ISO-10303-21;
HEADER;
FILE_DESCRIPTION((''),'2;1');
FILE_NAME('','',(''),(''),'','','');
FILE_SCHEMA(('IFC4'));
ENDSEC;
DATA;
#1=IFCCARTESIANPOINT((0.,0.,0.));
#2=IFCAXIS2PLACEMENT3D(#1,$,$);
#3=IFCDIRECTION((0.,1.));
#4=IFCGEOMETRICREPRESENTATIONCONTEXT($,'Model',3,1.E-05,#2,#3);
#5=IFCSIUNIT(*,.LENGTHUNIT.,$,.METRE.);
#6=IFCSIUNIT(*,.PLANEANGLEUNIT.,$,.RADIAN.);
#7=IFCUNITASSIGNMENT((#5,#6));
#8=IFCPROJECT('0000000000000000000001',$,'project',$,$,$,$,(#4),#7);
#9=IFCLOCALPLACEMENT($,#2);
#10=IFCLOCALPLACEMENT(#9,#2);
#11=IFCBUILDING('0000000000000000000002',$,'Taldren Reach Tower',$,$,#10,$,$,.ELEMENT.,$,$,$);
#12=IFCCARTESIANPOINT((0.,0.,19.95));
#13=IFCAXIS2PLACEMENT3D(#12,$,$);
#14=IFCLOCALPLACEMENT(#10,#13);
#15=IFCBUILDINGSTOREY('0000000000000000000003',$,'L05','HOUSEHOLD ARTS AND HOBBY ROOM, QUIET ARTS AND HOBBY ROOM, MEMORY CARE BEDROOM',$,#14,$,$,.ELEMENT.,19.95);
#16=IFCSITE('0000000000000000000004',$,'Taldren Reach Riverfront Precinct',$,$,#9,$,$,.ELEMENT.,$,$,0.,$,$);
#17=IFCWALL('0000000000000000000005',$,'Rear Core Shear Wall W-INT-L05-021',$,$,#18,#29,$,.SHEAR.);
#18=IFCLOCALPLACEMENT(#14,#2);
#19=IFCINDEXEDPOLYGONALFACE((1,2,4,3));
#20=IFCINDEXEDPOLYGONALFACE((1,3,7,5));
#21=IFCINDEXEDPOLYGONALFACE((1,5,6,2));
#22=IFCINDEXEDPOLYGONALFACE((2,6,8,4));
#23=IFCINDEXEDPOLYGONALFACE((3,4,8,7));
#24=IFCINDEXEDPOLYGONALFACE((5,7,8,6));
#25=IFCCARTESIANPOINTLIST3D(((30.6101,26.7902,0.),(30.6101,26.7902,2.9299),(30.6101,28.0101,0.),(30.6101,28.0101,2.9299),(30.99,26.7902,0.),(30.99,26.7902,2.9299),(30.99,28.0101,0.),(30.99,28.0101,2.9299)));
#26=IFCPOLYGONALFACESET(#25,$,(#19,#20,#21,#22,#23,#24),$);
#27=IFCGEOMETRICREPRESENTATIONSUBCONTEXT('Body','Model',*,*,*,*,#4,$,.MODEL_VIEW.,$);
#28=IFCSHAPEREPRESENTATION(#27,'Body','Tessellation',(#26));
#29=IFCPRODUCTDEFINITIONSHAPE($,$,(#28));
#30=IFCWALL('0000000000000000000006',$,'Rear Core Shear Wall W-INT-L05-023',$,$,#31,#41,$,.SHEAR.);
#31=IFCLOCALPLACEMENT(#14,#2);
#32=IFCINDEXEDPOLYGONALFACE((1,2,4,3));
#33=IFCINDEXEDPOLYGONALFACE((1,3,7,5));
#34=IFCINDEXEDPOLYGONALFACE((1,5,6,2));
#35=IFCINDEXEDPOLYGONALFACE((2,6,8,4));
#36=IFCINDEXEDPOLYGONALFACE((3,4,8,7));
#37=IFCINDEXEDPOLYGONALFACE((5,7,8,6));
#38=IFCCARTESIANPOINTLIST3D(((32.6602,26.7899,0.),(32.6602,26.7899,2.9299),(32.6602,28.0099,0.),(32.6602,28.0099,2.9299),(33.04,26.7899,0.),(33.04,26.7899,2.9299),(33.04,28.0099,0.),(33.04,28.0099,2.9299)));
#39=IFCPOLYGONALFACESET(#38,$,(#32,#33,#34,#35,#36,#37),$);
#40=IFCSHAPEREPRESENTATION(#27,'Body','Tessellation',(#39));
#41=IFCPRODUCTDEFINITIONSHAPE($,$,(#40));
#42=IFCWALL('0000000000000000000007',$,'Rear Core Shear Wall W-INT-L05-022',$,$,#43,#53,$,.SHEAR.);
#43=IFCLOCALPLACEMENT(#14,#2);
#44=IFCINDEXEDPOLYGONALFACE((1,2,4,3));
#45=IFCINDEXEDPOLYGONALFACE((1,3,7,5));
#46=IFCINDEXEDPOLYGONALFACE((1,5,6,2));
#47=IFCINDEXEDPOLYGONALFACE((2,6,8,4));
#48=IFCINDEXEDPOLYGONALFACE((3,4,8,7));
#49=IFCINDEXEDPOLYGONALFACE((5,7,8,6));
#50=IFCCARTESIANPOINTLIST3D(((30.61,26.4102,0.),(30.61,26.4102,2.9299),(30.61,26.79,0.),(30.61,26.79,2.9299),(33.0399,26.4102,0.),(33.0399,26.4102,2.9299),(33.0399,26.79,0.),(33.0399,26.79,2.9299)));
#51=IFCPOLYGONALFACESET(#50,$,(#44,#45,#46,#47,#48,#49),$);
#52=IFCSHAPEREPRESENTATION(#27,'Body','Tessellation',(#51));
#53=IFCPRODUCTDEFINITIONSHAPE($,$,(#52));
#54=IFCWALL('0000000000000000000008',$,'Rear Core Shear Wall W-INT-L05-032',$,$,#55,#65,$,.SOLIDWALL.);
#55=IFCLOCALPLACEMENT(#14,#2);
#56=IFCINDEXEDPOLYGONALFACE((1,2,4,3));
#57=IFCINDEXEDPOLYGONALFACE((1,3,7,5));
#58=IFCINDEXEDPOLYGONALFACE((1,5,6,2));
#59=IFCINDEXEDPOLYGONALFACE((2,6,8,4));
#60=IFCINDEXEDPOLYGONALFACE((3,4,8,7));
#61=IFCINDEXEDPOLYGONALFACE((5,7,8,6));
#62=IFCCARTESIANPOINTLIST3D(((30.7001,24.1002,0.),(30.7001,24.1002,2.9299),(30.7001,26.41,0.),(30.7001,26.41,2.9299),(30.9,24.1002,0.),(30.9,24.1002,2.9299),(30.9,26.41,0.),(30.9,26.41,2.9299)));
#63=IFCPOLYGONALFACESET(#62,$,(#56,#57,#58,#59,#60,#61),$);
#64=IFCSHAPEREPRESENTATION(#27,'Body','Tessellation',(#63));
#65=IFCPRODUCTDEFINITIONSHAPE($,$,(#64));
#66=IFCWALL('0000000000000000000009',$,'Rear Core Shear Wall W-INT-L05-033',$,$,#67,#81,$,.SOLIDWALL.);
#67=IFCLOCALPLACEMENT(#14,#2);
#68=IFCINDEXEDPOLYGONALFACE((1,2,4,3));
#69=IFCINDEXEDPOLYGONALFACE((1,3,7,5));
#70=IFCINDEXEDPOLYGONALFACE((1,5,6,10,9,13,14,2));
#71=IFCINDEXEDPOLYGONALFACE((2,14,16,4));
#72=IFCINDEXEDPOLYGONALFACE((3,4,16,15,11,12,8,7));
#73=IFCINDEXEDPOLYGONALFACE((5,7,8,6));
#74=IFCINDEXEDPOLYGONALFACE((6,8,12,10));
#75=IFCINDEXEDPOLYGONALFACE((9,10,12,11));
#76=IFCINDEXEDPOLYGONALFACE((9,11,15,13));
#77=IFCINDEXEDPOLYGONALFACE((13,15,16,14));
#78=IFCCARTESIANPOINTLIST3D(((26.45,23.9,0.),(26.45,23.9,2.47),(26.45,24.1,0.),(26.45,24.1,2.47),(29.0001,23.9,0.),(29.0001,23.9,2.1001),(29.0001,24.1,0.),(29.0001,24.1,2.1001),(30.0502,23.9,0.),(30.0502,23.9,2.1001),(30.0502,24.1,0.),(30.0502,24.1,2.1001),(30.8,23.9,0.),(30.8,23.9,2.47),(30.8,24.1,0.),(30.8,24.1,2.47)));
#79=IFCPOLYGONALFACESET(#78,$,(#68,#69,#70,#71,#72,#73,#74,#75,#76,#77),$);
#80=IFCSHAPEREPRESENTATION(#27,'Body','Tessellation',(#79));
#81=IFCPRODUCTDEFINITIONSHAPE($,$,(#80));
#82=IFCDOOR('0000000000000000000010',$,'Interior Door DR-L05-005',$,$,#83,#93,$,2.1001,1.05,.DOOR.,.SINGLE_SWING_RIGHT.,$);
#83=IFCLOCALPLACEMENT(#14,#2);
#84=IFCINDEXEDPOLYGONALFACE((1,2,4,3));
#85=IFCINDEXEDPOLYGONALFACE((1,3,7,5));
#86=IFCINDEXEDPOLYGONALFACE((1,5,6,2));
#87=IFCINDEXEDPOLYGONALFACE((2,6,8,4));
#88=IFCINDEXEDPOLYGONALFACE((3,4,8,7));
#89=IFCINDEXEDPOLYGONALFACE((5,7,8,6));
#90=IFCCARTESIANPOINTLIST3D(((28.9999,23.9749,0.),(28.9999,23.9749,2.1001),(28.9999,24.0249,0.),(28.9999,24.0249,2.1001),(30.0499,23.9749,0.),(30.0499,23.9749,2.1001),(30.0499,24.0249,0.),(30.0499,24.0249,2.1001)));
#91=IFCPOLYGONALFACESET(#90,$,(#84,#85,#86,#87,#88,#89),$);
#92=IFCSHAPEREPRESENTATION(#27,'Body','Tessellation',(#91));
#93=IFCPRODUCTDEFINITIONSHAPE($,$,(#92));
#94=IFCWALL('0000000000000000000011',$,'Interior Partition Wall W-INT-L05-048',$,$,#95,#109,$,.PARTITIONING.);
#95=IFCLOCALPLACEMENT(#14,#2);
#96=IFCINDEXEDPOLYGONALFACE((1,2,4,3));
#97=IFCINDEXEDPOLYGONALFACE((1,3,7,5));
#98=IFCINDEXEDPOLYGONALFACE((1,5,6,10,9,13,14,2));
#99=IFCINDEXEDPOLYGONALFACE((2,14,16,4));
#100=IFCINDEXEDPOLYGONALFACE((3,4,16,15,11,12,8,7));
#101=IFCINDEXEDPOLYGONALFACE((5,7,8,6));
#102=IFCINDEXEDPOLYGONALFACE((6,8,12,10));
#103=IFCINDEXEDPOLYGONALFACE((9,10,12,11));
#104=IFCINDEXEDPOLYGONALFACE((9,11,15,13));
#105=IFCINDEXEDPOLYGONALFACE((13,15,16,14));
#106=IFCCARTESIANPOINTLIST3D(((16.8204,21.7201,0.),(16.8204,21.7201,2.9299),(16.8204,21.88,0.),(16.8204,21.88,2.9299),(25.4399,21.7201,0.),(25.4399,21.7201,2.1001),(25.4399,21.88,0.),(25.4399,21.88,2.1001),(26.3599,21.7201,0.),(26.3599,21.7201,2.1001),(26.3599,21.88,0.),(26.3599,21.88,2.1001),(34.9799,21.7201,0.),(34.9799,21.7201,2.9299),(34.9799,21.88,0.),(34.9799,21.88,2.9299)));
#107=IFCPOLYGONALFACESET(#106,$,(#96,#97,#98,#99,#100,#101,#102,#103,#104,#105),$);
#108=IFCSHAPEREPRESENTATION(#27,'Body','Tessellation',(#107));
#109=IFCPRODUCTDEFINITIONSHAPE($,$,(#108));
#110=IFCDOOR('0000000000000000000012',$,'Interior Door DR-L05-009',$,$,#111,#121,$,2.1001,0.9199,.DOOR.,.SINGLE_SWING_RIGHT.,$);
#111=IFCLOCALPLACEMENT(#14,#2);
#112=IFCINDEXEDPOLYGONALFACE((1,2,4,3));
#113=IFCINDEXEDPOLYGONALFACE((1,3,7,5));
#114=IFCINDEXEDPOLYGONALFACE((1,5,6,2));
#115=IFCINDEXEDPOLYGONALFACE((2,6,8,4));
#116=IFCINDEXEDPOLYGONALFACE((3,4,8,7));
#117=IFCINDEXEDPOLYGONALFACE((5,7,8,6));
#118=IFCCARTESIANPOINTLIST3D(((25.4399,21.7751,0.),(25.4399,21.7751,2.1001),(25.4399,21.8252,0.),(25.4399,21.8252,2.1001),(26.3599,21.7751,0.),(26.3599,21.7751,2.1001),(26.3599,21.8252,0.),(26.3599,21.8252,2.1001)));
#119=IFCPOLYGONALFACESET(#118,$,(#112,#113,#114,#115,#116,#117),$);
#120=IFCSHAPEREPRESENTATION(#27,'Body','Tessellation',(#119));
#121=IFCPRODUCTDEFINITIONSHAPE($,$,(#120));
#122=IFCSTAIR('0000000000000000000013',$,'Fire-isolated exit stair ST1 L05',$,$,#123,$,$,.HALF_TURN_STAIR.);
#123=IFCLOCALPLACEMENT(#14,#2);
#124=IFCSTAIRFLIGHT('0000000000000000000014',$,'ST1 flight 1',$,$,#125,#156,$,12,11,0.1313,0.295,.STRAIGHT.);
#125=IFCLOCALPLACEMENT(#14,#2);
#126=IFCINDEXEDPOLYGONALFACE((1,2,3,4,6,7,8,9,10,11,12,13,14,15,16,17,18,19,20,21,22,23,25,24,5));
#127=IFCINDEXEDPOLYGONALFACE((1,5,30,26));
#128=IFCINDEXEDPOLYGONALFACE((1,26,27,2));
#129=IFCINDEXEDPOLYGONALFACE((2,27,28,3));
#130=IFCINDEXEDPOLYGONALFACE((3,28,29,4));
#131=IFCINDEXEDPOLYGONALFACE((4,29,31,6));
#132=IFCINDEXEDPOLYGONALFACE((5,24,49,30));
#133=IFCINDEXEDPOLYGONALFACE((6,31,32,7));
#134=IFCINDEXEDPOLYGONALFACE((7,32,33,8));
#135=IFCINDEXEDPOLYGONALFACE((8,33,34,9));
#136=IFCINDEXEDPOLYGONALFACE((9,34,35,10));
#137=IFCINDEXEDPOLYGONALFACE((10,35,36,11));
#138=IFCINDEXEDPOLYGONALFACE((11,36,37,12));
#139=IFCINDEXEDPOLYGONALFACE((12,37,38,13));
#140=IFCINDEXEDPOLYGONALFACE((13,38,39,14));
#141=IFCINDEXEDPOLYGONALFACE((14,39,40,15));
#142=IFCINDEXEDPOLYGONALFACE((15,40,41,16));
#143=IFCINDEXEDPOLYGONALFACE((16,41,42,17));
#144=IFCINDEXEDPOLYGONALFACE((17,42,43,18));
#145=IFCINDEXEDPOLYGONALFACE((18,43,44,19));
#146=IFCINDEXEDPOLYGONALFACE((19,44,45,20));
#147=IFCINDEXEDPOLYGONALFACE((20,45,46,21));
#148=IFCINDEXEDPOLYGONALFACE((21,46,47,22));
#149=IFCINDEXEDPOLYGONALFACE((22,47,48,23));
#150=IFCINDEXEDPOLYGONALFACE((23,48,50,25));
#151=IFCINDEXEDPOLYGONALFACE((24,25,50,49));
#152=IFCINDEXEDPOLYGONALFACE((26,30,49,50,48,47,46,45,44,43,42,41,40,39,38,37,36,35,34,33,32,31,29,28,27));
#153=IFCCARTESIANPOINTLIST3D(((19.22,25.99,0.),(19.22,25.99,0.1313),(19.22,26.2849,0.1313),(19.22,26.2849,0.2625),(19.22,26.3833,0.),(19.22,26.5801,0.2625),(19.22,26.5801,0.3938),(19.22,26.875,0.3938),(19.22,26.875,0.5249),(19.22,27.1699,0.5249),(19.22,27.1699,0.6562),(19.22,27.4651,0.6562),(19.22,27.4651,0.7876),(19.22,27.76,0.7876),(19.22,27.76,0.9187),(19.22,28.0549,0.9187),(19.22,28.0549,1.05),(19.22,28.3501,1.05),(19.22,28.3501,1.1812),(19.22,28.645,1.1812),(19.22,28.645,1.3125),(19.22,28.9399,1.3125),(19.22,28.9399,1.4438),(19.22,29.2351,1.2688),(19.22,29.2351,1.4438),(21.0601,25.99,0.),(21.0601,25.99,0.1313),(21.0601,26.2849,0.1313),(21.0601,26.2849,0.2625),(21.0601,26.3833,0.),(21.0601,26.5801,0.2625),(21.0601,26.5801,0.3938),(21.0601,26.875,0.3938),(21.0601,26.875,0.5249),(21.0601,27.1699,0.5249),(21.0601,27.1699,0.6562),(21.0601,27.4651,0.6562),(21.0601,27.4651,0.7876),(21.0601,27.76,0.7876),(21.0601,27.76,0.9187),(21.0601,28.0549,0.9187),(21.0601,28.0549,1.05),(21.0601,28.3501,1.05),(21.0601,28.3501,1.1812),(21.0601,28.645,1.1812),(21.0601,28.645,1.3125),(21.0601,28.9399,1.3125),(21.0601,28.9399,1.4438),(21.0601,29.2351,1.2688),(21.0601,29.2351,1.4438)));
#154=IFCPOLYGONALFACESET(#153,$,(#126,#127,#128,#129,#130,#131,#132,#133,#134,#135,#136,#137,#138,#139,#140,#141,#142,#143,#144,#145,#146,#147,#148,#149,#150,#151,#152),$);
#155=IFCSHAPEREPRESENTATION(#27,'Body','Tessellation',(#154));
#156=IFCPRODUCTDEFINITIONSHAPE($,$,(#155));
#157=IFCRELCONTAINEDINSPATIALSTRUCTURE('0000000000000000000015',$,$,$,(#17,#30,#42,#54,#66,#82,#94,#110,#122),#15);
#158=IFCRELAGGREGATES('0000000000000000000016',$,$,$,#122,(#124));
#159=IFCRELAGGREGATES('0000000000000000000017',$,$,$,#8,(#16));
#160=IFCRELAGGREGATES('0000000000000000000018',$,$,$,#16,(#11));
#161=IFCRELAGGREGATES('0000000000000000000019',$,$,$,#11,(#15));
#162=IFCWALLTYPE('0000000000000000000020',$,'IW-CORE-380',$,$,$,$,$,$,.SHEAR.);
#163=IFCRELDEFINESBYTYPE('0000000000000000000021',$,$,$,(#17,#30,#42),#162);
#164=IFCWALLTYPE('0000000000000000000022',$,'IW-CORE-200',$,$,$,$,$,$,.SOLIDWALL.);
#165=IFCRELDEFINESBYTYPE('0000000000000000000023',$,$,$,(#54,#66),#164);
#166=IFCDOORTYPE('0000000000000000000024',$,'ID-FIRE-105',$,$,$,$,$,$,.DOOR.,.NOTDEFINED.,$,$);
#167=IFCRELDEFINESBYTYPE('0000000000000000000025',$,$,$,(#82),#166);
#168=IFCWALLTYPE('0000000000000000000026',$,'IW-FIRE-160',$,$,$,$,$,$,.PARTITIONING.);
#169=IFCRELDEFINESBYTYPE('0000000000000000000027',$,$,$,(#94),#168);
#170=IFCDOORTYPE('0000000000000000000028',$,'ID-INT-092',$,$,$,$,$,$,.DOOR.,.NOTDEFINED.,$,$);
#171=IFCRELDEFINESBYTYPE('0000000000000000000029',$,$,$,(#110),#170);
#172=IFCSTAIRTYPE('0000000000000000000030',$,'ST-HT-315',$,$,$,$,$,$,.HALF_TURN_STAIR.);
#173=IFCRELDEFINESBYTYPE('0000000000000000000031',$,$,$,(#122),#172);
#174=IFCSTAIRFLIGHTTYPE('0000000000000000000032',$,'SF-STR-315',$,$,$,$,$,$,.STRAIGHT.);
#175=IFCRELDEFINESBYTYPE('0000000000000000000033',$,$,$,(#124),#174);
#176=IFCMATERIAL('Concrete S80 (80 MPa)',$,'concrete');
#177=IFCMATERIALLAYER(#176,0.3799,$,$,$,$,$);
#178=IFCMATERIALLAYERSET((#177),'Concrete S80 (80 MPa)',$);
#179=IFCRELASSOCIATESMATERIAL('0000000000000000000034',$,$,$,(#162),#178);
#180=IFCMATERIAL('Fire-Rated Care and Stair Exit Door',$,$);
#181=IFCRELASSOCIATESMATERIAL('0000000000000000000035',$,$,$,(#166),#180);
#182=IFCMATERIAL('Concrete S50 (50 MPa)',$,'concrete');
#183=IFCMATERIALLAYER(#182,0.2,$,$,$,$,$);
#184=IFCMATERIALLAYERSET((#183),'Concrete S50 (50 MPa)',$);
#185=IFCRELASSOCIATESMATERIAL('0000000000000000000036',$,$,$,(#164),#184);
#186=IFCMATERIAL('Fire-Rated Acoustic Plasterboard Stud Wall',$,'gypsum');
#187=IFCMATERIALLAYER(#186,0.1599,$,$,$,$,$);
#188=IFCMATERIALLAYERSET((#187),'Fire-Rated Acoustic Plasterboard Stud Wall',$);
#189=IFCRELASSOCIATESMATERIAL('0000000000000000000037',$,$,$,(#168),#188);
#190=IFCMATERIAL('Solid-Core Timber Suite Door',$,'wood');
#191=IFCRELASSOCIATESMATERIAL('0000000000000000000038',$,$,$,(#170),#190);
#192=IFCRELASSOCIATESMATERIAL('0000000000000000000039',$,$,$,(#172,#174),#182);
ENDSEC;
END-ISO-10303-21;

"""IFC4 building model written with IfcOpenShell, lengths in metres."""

from ifc_helpers import new_model, si_unit, direction, frame, frame_2d, origin, place, context, subcontext, project, spatial, polyline, rectangle, outline, extrude, source, transform, mapped, material, layer, layer_set, type_object, element, fill, aggregate, save


model = new_model("IFC4")

# Units and contexts
model_context = context("Model", 3, precision=1e-05, world=origin(), true_north=direction((0.0, 1.0)))
body_context = subcontext(model_context, "Body", "Model", "MODEL_VIEW")
ifc_project = project(units=[si_unit("LENGTHUNIT", "METRE"), si_unit("PLANEANGLEUNIT", "RADIAN")], contexts=[model_context])

# Site, building, storey
site_placement = place(None, origin())
site = spatial("IfcSite", under=ifc_project, at=site_placement, Name="Taldren Reach Riverfront Precinct", CompositionType="ELEMENT", RefElevation=0.0)
building_placement = place(site_placement, origin())
building = spatial("IfcBuilding", under=site, at=building_placement, Name="Taldren Reach Tower", CompositionType="ELEMENT")
storey_placement = place(building_placement, frame((0.0, 0.0, 19.95)))
storey = spatial("IfcBuildingStorey", under=building, at=storey_placement, Name="L05", Description="HOUSEHOLD ARTS AND HOBBY ROOM, QUIET ARTS AND HOBBY ROOM, MEMORY CARE BEDROOM", CompositionType="ELEMENT", Elevation=19.95)

# Shared definitions
ifc_material_1 = material(Name="Concrete S80 (80 MPa)", Category="concrete")
ifc_layer_1 = layer(ifc_material_1, 0.3799)
ifc_layer_set_1 = layer_set([ifc_layer_1], Name="Concrete S80 (80 MPa)")
wall_type_1 = type_object("IfcWallType", Name="IW-CORE-380", PredefinedType="SHEAR", material=ifc_layer_set_1)
ifc_material_2 = material(Name="Fire-Rated Care and Stair Exit Door")
door_type_1 = type_object("IfcDoorType", Name="ID-FIRE-105", OperationType="NOTDEFINED", PredefinedType="DOOR", material=ifc_material_2)
shared_shape_1 = source(origin(), body_context, "Body", "SweptSolid", [
    extrude(rectangle(XDim=1.05, YDim=2.1001, at=frame_2d((0.5249, 1.05))), frame((0.0, 0.0249, 0.0), z_axis=(0.0, -1.0, 0.0), x_axis=(1.0, 0.0, 0.0)), (0.0, 0.0, 1.0), 0.05),
])

# Shared definitions
ifc_material_3 = material(Name="Concrete S50 (50 MPa)", Category="concrete")
ifc_layer_2 = layer(ifc_material_3, 0.2)
ifc_layer_set_2 = layer_set([ifc_layer_2], Name="Concrete S50 (50 MPa)")
wall_type_2 = type_object("IfcWallType", Name="IW-CORE-200", PredefinedType="SOLIDWALL", material=ifc_layer_set_2)

# Shared definitions
shared_shape_2 = source(origin(), body_context, "Body", "SweptSolid", [
    extrude(rectangle(XDim=1.05, YDim=2.1001, at=frame_2d((0.5249, 1.05))), frame((0.0, 0.1099, 0.0), z_axis=(0.0, -1.0, 0.0), x_axis=(1.0, 0.0, 0.0)), (0.0, 0.0, 1.0), 0.22),
])

# Walls
shared_shape_3 = source(origin(), body_context, "Body", "SweptSolid", [
    extrude(rectangle(XDim=1.22, YDim=0.3799, at=frame_2d((0.6099, 0.0))), origin(), (0.0, 0.0, 1.0), 2.9299),
])
for number, where, z_axis, x_axis, name in (
    (1, (30.8, 28.01, 0.0), (0.0, 0.0, 1.0), (0.0, -1.0, 0.0), "Rear Core Shear Wall W-INT-L05-021"),
    (2, (32.8501, 26.79, 0.0), (0.0, 0.0, 1.0), (0.0, 1.0, 0.0), "Rear Core Shear Wall W-INT-L05-023"),
):
    element("IfcWall", number, at=place(storey_placement, frame(where, z_axis=z_axis, x_axis=x_axis)), inside=storey, type_object=wall_type_1, Name=name, PredefinedType="SHEAR", context=body_context, shape_type="MappedRepresentation", body=[
        mapped(shared_shape_3, transform((0.0, 0.0, 0.0), scale=1.0)),
    ])
shared_shape_4 = source(origin(), body_context, "Body", "SweptSolid", [
    extrude(rectangle(XDim=2.4299, YDim=0.3799, at=frame_2d((1.2148, 0.0))), origin(), (0.0, 0.0, 1.0), 2.9299),
])
wall_1_placement = place(storey_placement, frame((30.6101, 26.6001, 0.0), z_axis=(0.0, 0.0, 1.0), x_axis=(1.0, 0.0, 0.0)))
element("IfcWall", 3, at=wall_1_placement, inside=storey, type_object=wall_type_1, Name="Rear Core Shear Wall W-INT-L05-022", PredefinedType="SHEAR", context=body_context, shape_type="MappedRepresentation", body=[
    mapped(shared_shape_4, transform((0.0, 0.0, 0.0), scale=1.0)),
])

# Wall
shared_shape_5 = source(origin(), body_context, "Body", "SweptSolid", [
    extrude(rectangle(XDim=2.3098, YDim=0.2, at=frame_2d((1.1548, 0.0))), origin(), (0.0, 0.0, 1.0), 2.9299),
])
wall_2_placement = place(storey_placement, frame((30.8, 26.4099, 0.0), z_axis=(0.0, 0.0, 1.0), x_axis=(0.0, -1.0, 0.0)))
element("IfcWall", 4, at=wall_2_placement, inside=storey, type_object=wall_type_2, Name="Rear Core Shear Wall W-INT-L05-032", PredefinedType="SOLIDWALL", context=body_context, shape_type="MappedRepresentation", body=[
    mapped(shared_shape_5, transform((0.0, 0.0, 0.0), scale=1.0)),
])

# Walls, openings, doors
shared_shape_6 = source(origin(), body_context, "Body", "SweptSolid", [
    extrude(rectangle(XDim=4.3501, YDim=0.2, at=frame_2d((2.175, 0.0))), origin(), (0.0, 0.0, 1.0), 2.47),
])
wall_3_placement = place(storey_placement, frame((30.8, 24.0, 0.0), z_axis=(0.0, 0.0, 1.0), x_axis=(-1.0, 0.0, 0.0)))
wall_3 = element("IfcWall", 5, at=wall_3_placement, inside=storey, type_object=wall_type_2, Name="Rear Core Shear Wall W-INT-L05-033", PredefinedType="SOLIDWALL", context=body_context, shape_type="MappedRepresentation", body=[
    mapped(shared_shape_6, transform((0.0, 0.0, 0.0), scale=1.0)),
])
opening_1_placement = place(wall_3_placement, frame((0.75, 0.0, 0.0)))
opening_1 = element("IfcOpeningElement", 6, at=opening_1_placement, cuts=wall_3, PredefinedType="OPENING", context=body_context, shape_type="MappedRepresentation", body=[
    mapped(shared_shape_2, transform((0.0, 0.0, 0.0), scale=1.0)),
])
door_1_placement = place(opening_1_placement, frame((1.05, 0.0, 0.0), z_axis=(0.0, 0.0, 1.0), x_axis=(-1.0, 0.0, 0.0)))
door_1 = element("IfcDoor", 7, at=door_1_placement, inside=storey, type_object=door_type_1, Name="Interior Door DR-L05-005", OperationType="SINGLE_SWING_RIGHT", OverallHeight=2.1001, OverallWidth=1.05, PredefinedType="DOOR", context=body_context, shape_type="MappedRepresentation", body=[
    mapped(shared_shape_1, transform((0.0, 0.0, 0.0), scale=1.0)),
])
fill(opening_1, door_1)
ifc_material_4 = material(Name="Fire-Rated Acoustic Plasterboard Stud Wall", Category="gypsum")
ifc_layer_3 = layer(ifc_material_4, 0.1599)
ifc_layer_set_3 = layer_set([ifc_layer_3], Name="Fire-Rated Acoustic Plasterboard Stud Wall")
wall_type_3 = type_object("IfcWallType", Name="IW-FIRE-160", PredefinedType="PARTITIONING", material=ifc_layer_set_3)
shared_shape_7 = source(origin(), body_context, "Body", "SweptSolid", [
    extrude(rectangle(XDim=18.1594, YDim=0.1599, at=frame_2d((9.0796, 0.0))), origin(), (0.0, 0.0, 1.0), 2.9299),
])
wall_4_placement = place(storey_placement, frame((34.9797, 21.8, 0.0), z_axis=(0.0, 0.0, 1.0), x_axis=(-1.0, 0.0, 0.0)))
wall_4 = element("IfcWall", 8, at=wall_4_placement, inside=storey, type_object=wall_type_3, Name="Interior Partition Wall W-INT-L05-048", PredefinedType="PARTITIONING", context=body_context, shape_type="MappedRepresentation", body=[
    mapped(shared_shape_7, transform((0.0, 0.0, 0.0), scale=1.0)),
])
shared_shape_8 = source(origin(), body_context, "Body", "SweptSolid", [
    extrude(rectangle(XDim=0.9199, YDim=2.1001, at=frame_2d((0.46, 1.05))), frame((0.0, 0.0898, 0.0), z_axis=(0.0, -1.0, 0.0), x_axis=(1.0, 0.0, 0.0)), (0.0, 0.0, 1.0), 0.1799),
])
opening_2_placement = place(wall_4_placement, frame((8.6199, 0.0, 0.0)))
opening_2 = element("IfcOpeningElement", 9, at=opening_2_placement, cuts=wall_4, PredefinedType="OPENING", context=body_context, shape_type="MappedRepresentation", body=[
    mapped(shared_shape_8, transform((0.0, 0.0, 0.0), scale=1.0)),
])
ifc_material_5 = material(Name="Solid-Core Timber Suite Door", Category="wood")
door_type_2 = type_object("IfcDoorType", Name="ID-INT-092", OperationType="NOTDEFINED", PredefinedType="DOOR", material=ifc_material_5)
shared_shape_9 = source(origin(), body_context, "Body", "SweptSolid", [
    extrude(rectangle(XDim=0.9199, YDim=2.1001, at=frame_2d((0.46, 1.05))), frame((0.0, 0.0249, 0.0), z_axis=(0.0, -1.0, 0.0), x_axis=(1.0, 0.0, 0.0)), (0.0, 0.0, 1.0), 0.05),
])
door_2_placement = place(opening_2_placement, origin())
door_2 = element("IfcDoor", 10, at=door_2_placement, inside=storey, type_object=door_type_2, Name="Interior Door DR-L05-009", OperationType="SINGLE_SWING_RIGHT", OverallHeight=2.1001, OverallWidth=0.9199, PredefinedType="DOOR", context=body_context, shape_type="MappedRepresentation", body=[
    mapped(shared_shape_9, transform((0.0, 0.0, 0.0), scale=1.0)),
])
fill(opening_2, door_2)

# Stair, stair flight
stair_type = type_object("IfcStairType", Name="ST-HT-315", PredefinedType="HALF_TURN_STAIR", material=ifc_material_3)
stair_placement = place(storey_placement, origin())
stair = element("IfcStair", 11, at=stair_placement, inside=storey, type_object=stair_type, Name="Fire-isolated exit stair ST1 L05", PredefinedType="HALF_TURN_STAIR")
stair_flight_type = type_object("IfcStairFlightType", Name="SF-STR-315", PredefinedType="STRAIGHT", material=ifc_material_3)
stair_flight_placement = place(storey_placement, frame((20.1399, 25.99, 0.0), z_axis=(0.0, 0.0, 1.0), x_axis=(0.0, 1.0, 0.0)))
stair_flight = element("IfcStairFlight", 12, at=stair_flight_placement, type_object=stair_flight_type, Name="ST1 flight 1", NumberOfRisers=12, NumberOfTreads=11, PredefinedType="STRAIGHT", RiserHeight=0.1313, TreadLength=0.295, context=body_context, shape_type="SweptSolid", body=[
    extrude(outline(polyline([(0.0, 0.0), (0.0, 0.1313), (0.2949, 0.1313), (0.2949, 0.2625), (0.5901, 0.2625), (0.5901, 0.3938), (0.885, 0.3938), (0.885, 0.5249), (1.1799, 0.5249), (1.1799, 0.6562), (1.4751, 0.6562), (1.4751, 0.7876), (1.77, 0.7876), (1.77, 0.9187), (2.0649, 0.9187), (2.0649, 1.05), (2.3601, 1.05), (2.3601, 1.1812), (2.655, 1.1812), (2.655, 1.3125), (2.95, 1.3125), (2.95, 1.4438), (3.2451, 1.4438), (3.2451, 1.575), (3.2451, 1.2688), (0.3933, 0.0), (0.0, 0.0)])), frame((0.0, 0.9199, 0.0), z_axis=(0.0, -1.0, 0.0), x_axis=(1.0, 0.0, 0.0)), (0.0, 0.0, 1.0), 1.8401),
])
aggregate(stair, [stair_flight])

save(model, "model.ifc")
